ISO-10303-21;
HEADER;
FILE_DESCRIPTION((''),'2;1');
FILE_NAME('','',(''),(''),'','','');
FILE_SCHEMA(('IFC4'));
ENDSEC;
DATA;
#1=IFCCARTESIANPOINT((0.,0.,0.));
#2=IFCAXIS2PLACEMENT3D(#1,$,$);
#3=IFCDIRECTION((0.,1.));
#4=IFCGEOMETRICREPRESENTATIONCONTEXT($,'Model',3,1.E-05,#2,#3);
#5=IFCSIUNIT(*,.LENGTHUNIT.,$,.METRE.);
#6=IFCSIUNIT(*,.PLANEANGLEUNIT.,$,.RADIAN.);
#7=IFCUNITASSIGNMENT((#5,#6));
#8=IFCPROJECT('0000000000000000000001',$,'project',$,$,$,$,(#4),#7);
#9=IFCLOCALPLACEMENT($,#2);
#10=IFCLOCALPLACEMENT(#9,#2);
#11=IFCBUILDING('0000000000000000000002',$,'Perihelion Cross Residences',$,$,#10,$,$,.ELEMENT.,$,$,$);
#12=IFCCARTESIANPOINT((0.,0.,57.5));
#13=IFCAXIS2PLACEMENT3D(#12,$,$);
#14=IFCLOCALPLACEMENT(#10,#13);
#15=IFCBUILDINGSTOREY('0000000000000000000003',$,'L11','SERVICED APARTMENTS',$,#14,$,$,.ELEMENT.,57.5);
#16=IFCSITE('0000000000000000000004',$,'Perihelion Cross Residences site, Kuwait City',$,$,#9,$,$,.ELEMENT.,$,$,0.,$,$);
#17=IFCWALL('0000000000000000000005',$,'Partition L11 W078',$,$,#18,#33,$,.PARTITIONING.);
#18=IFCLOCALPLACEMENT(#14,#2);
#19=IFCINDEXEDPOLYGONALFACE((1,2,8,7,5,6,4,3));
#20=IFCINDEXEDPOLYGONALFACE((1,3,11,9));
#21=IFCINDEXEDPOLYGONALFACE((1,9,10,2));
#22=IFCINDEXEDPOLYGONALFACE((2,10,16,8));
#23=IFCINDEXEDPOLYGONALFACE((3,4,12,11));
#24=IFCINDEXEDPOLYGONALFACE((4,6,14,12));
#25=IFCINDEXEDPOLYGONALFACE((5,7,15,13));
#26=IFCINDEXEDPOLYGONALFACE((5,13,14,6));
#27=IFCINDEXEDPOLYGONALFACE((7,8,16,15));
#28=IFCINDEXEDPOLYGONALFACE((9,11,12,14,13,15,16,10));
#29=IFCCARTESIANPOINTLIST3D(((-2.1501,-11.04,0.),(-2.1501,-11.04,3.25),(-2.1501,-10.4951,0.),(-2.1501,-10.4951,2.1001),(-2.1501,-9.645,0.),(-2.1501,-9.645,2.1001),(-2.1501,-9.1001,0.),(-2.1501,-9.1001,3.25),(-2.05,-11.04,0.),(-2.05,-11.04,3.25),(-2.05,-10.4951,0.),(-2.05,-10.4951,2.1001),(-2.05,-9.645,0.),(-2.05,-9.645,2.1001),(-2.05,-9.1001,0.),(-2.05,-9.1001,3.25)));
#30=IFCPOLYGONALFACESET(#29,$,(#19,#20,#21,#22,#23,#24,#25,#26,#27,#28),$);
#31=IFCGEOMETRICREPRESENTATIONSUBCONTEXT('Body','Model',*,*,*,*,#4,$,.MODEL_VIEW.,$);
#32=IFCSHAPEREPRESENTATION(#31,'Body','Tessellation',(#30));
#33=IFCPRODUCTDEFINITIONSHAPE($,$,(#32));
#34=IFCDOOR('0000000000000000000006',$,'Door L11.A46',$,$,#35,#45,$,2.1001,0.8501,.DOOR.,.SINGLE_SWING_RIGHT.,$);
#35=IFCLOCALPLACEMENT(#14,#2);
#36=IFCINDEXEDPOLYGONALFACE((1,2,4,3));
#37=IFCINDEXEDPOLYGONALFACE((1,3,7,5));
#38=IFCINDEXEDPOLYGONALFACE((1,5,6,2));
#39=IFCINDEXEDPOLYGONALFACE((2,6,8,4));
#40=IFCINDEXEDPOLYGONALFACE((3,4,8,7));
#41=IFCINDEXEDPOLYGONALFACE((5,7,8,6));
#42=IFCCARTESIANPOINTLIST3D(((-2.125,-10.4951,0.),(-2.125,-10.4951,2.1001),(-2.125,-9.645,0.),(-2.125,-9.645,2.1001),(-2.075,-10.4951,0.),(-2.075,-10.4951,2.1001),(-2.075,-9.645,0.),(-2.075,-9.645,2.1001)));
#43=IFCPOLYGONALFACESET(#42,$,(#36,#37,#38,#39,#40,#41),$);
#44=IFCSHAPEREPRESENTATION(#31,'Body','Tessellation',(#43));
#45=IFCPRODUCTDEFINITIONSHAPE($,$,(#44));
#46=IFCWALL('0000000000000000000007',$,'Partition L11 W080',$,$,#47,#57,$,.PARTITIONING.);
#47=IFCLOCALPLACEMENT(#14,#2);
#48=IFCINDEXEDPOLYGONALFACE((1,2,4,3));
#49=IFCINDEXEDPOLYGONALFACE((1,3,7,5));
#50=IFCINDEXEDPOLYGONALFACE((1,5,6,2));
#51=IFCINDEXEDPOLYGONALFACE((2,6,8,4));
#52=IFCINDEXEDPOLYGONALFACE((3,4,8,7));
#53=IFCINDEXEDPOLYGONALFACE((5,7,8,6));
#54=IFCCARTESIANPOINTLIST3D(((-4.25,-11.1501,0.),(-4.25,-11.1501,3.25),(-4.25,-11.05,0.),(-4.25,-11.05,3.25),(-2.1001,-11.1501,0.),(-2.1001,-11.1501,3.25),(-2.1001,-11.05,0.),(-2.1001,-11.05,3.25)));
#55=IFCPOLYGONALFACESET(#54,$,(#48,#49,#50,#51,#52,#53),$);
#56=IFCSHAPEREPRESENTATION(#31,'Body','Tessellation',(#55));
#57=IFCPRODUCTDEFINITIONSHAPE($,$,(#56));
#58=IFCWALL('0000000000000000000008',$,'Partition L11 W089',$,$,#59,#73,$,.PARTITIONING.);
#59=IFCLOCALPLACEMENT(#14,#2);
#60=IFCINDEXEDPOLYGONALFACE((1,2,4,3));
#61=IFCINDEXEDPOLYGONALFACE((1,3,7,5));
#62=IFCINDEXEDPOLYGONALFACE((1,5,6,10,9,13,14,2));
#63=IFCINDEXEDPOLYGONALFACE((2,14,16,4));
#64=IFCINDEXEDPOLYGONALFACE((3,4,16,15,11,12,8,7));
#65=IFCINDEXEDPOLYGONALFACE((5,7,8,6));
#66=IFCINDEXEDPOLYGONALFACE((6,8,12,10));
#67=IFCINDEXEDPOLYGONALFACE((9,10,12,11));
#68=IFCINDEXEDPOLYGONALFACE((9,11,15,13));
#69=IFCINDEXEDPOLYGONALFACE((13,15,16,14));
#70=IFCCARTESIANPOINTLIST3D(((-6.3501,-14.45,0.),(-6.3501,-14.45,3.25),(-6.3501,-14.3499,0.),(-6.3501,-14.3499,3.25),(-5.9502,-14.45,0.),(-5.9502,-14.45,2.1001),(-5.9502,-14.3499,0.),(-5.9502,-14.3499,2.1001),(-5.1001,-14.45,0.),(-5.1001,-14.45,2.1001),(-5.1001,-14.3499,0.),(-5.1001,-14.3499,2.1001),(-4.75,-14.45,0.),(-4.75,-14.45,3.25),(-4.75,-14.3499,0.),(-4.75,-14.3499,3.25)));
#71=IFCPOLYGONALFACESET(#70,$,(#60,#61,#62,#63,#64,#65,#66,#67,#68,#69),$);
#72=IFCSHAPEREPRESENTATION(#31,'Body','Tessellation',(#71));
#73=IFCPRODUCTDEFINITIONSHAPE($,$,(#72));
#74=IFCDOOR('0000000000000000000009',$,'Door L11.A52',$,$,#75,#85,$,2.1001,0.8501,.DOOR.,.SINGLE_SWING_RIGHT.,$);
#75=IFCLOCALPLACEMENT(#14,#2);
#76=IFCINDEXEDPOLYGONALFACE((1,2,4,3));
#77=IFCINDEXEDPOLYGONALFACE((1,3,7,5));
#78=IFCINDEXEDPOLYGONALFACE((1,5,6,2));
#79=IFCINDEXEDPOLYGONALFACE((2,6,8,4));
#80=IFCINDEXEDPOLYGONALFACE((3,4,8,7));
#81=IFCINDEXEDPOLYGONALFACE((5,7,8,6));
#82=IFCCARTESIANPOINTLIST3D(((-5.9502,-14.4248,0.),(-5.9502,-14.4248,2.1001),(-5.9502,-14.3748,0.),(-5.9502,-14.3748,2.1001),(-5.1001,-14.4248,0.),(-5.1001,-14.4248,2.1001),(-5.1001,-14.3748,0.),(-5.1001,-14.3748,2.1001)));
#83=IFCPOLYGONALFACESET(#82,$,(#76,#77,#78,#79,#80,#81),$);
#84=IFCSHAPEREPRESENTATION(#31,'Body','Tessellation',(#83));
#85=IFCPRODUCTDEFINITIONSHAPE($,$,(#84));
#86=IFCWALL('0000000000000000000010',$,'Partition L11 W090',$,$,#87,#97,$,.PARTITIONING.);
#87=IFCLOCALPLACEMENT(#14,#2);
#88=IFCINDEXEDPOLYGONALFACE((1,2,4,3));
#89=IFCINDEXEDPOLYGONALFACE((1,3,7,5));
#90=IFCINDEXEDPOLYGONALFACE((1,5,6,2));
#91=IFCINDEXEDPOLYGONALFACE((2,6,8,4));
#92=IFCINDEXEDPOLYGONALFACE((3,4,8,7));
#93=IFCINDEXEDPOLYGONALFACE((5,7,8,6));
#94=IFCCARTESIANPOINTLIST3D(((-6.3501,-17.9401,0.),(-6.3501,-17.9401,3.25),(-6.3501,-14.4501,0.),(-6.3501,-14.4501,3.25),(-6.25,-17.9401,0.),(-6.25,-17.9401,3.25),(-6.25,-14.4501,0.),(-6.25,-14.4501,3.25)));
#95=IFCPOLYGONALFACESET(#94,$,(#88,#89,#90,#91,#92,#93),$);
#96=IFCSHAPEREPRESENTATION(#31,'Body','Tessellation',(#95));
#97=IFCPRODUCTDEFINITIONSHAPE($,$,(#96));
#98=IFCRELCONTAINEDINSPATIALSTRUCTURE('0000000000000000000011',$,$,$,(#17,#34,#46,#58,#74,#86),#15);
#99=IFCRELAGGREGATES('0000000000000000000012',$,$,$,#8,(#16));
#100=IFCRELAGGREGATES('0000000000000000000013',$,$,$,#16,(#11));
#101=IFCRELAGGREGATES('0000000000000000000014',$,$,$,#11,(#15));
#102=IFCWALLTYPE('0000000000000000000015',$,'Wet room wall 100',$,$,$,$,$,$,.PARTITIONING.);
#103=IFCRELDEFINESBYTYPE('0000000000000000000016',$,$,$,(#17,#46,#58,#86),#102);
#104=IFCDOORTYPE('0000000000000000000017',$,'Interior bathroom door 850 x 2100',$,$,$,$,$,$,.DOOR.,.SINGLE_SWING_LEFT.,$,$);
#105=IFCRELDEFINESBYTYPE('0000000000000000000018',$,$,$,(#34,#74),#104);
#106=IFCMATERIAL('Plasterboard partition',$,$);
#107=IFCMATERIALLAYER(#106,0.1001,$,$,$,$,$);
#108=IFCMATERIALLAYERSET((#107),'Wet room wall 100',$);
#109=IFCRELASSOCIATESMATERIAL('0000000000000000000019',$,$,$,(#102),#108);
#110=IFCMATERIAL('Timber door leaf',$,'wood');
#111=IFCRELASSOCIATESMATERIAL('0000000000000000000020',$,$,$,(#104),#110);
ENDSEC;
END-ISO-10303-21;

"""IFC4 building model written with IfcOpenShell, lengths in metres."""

from ifc_helpers import new_model, si_unit, direction, frame, frame_2d, origin, place, context, subcontext, project, spatial, rectangle, extrude, material, layer, layer_set, type_object, element, fill, save


model = new_model("IFC4")

# Units and contexts
model_context = context("Model", 3, precision=1e-05, world=origin(), true_north=direction((0.0, 1.0)))
body_context = subcontext(model_context, "Body", "Model", "MODEL_VIEW")
ifc_project = project(units=[si_unit("LENGTHUNIT", "METRE"), si_unit("PLANEANGLEUNIT", "RADIAN")], contexts=[model_context])

# Site, building, storey
site_placement = place(None, origin())
site = spatial("IfcSite", under=ifc_project, at=site_placement, Name="Perihelion Cross Residences site, Kuwait City", CompositionType="ELEMENT", RefElevation=0.0)
building_placement = place(site_placement, origin())
building = spatial("IfcBuilding", under=site, at=building_placement, Name="Perihelion Cross Residences", CompositionType="ELEMENT")
storey_placement = place(building_placement, frame((0.0, 0.0, 57.5)))
storey = spatial("IfcBuildingStorey", under=building, at=storey_placement, Name="L11", Description="SERVICED APARTMENTS", CompositionType="ELEMENT", Elevation=57.5)

# Wall, opening, door
ifc_material_1 = material(Name="Plasterboard partition")
ifc_layer_1 = layer(ifc_material_1, 0.1001)
ifc_layer_set_1 = layer_set([ifc_layer_1], Name="Wet room wall 100")
wall_type_1 = type_object("IfcWallType", Name="Wet room wall 100", PredefinedType="PARTITIONING", material=ifc_layer_set_1)
wall_1_placement = place(storey_placement, frame((-2.1001, -11.04, 0.0), z_axis=(0.0, 0.0, 1.0), x_axis=(0.0, 1.0, 0.0)))
wall_1 = element("IfcWall", 1, at=wall_1_placement, inside=storey, type_object=wall_type_1, Name="Partition L11 W078", PredefinedType="PARTITIONING", context=body_context, shape_type="SweptSolid", body=[
    extrude(rectangle(XDim=1.9399, YDim=0.1001, at=frame_2d((0.97, 0.0))), origin(), (0.0, 0.0, 1.0), 3.25),
])
opening_1_placement = place(wall_1_placement, frame((0.5449, 0.0, 0.0)))
opening_1 = element("IfcOpeningElement", 2, at=opening_1_placement, cuts=wall_1, PredefinedType="OPENING", context=body_context, shape_type="SweptSolid", body=[
    extrude(rectangle(XDim=0.8501, YDim=2.1001, at=frame_2d((0.425, 1.05))), frame((0.0, 0.0601, 0.0), z_axis=(0.0, -1.0, 0.0), x_axis=(1.0, 0.0, 0.0)), (0.0, 0.0, 1.0), 0.1201),
])
ifc_material_2 = material(Name="Timber door leaf", Category="wood")
door_type_1 = type_object("IfcDoorType", Name="Interior bathroom door 850 x 2100", OperationType="SINGLE_SWING_LEFT", PredefinedType="DOOR", material=ifc_material_2)
door_1_placement = place(opening_1_placement, origin())
door_1 = element("IfcDoor", 3, at=door_1_placement, inside=storey, type_object=door_type_1, Name="Door L11.A46", OperationType="SINGLE_SWING_RIGHT", OverallHeight=2.1001, OverallWidth=0.8501, PredefinedType="DOOR", context=body_context, shape_type="SweptSolid", body=[
    extrude(rectangle(XDim=0.8501, YDim=2.1001, at=frame_2d((0.425, 1.05))), frame((0.0, 0.0249, 0.0), z_axis=(0.0, -1.0, 0.0), x_axis=(1.0, 0.0, 0.0)), (0.0, 0.0, 1.0), 0.05),
])
fill(opening_1, door_1)

# Wall
wall_2_placement = place(storey_placement, frame((-2.1001, -11.1001, 0.0), z_axis=(0.0, 0.0, 1.0), x_axis=(-1.0, 0.0, 0.0)))
element("IfcWall", 4, at=wall_2_placement, inside=storey, type_object=wall_type_1, Name="Partition L11 W080", PredefinedType="PARTITIONING", context=body_context, shape_type="SweptSolid", body=[
    extrude(rectangle(XDim=2.1499, YDim=0.1001, at=frame_2d((1.075, 0.0))), origin(), (0.0, 0.0, 1.0), 3.25),
])

# Wall, opening, door
wall_3_placement = place(storey_placement, frame((-4.75, -14.3999, 0.0), z_axis=(0.0, 0.0, 1.0), x_axis=(-1.0, 0.0, 0.0)))
wall_3 = element("IfcWall", 5, at=wall_3_placement, inside=storey, type_object=wall_type_1, Name="Partition L11 W089", PredefinedType="PARTITIONING", context=body_context, shape_type="SweptSolid", body=[
    extrude(rectangle(XDim=1.6001, YDim=0.1001, at=frame_2d((0.8, 0.0))), origin(), (0.0, 0.0, 1.0), 3.25),
])
opening_2_placement = place(wall_3_placement, frame((0.3501, 0.0, 0.0)))
opening_2 = element("IfcOpeningElement", 6, at=opening_2_placement, cuts=wall_3, PredefinedType="OPENING", context=body_context, shape_type="SweptSolid", body=[
    extrude(rectangle(XDim=0.8501, YDim=2.1001, at=frame_2d((0.425, 1.05))), frame((0.0, 0.0601, 0.0), z_axis=(0.0, -1.0, 0.0), x_axis=(1.0, 0.0, 0.0)), (0.0, 0.0, 1.0), 0.1201),
])
door_2_placement = place(opening_2_placement, origin())
door_2 = element("IfcDoor", 7, at=door_2_placement, inside=storey, type_object=door_type_1, Name="Door L11.A52", OperationType="SINGLE_SWING_RIGHT", OverallHeight=2.1001, OverallWidth=0.8501, PredefinedType="DOOR", context=body_context, shape_type="SweptSolid", body=[
    extrude(rectangle(XDim=0.8501, YDim=2.1001, at=frame_2d((0.425, 1.05))), frame((0.0, 0.0249, 0.0), z_axis=(0.0, -1.0, 0.0), x_axis=(1.0, 0.0, 0.0)), (0.0, 0.0, 1.0), 0.05),
])
fill(opening_2, door_2)

# Wall
wall_4_placement = place(storey_placement, frame((-6.3, -14.45, 0.0), z_axis=(0.0, 0.0, 1.0), x_axis=(0.0, -1.0, 0.0)))
element("IfcWall", 8, at=wall_4_placement, inside=storey, type_object=wall_type_1, Name="Partition L11 W090", PredefinedType="PARTITIONING", context=body_context, shape_type="SweptSolid", body=[
    extrude(rectangle(XDim=3.49, YDim=0.1001, at=frame_2d((1.7451, 0.0))), origin(), (0.0, 0.0, 1.0), 3.25),
])

save(model, "model.ifc")
